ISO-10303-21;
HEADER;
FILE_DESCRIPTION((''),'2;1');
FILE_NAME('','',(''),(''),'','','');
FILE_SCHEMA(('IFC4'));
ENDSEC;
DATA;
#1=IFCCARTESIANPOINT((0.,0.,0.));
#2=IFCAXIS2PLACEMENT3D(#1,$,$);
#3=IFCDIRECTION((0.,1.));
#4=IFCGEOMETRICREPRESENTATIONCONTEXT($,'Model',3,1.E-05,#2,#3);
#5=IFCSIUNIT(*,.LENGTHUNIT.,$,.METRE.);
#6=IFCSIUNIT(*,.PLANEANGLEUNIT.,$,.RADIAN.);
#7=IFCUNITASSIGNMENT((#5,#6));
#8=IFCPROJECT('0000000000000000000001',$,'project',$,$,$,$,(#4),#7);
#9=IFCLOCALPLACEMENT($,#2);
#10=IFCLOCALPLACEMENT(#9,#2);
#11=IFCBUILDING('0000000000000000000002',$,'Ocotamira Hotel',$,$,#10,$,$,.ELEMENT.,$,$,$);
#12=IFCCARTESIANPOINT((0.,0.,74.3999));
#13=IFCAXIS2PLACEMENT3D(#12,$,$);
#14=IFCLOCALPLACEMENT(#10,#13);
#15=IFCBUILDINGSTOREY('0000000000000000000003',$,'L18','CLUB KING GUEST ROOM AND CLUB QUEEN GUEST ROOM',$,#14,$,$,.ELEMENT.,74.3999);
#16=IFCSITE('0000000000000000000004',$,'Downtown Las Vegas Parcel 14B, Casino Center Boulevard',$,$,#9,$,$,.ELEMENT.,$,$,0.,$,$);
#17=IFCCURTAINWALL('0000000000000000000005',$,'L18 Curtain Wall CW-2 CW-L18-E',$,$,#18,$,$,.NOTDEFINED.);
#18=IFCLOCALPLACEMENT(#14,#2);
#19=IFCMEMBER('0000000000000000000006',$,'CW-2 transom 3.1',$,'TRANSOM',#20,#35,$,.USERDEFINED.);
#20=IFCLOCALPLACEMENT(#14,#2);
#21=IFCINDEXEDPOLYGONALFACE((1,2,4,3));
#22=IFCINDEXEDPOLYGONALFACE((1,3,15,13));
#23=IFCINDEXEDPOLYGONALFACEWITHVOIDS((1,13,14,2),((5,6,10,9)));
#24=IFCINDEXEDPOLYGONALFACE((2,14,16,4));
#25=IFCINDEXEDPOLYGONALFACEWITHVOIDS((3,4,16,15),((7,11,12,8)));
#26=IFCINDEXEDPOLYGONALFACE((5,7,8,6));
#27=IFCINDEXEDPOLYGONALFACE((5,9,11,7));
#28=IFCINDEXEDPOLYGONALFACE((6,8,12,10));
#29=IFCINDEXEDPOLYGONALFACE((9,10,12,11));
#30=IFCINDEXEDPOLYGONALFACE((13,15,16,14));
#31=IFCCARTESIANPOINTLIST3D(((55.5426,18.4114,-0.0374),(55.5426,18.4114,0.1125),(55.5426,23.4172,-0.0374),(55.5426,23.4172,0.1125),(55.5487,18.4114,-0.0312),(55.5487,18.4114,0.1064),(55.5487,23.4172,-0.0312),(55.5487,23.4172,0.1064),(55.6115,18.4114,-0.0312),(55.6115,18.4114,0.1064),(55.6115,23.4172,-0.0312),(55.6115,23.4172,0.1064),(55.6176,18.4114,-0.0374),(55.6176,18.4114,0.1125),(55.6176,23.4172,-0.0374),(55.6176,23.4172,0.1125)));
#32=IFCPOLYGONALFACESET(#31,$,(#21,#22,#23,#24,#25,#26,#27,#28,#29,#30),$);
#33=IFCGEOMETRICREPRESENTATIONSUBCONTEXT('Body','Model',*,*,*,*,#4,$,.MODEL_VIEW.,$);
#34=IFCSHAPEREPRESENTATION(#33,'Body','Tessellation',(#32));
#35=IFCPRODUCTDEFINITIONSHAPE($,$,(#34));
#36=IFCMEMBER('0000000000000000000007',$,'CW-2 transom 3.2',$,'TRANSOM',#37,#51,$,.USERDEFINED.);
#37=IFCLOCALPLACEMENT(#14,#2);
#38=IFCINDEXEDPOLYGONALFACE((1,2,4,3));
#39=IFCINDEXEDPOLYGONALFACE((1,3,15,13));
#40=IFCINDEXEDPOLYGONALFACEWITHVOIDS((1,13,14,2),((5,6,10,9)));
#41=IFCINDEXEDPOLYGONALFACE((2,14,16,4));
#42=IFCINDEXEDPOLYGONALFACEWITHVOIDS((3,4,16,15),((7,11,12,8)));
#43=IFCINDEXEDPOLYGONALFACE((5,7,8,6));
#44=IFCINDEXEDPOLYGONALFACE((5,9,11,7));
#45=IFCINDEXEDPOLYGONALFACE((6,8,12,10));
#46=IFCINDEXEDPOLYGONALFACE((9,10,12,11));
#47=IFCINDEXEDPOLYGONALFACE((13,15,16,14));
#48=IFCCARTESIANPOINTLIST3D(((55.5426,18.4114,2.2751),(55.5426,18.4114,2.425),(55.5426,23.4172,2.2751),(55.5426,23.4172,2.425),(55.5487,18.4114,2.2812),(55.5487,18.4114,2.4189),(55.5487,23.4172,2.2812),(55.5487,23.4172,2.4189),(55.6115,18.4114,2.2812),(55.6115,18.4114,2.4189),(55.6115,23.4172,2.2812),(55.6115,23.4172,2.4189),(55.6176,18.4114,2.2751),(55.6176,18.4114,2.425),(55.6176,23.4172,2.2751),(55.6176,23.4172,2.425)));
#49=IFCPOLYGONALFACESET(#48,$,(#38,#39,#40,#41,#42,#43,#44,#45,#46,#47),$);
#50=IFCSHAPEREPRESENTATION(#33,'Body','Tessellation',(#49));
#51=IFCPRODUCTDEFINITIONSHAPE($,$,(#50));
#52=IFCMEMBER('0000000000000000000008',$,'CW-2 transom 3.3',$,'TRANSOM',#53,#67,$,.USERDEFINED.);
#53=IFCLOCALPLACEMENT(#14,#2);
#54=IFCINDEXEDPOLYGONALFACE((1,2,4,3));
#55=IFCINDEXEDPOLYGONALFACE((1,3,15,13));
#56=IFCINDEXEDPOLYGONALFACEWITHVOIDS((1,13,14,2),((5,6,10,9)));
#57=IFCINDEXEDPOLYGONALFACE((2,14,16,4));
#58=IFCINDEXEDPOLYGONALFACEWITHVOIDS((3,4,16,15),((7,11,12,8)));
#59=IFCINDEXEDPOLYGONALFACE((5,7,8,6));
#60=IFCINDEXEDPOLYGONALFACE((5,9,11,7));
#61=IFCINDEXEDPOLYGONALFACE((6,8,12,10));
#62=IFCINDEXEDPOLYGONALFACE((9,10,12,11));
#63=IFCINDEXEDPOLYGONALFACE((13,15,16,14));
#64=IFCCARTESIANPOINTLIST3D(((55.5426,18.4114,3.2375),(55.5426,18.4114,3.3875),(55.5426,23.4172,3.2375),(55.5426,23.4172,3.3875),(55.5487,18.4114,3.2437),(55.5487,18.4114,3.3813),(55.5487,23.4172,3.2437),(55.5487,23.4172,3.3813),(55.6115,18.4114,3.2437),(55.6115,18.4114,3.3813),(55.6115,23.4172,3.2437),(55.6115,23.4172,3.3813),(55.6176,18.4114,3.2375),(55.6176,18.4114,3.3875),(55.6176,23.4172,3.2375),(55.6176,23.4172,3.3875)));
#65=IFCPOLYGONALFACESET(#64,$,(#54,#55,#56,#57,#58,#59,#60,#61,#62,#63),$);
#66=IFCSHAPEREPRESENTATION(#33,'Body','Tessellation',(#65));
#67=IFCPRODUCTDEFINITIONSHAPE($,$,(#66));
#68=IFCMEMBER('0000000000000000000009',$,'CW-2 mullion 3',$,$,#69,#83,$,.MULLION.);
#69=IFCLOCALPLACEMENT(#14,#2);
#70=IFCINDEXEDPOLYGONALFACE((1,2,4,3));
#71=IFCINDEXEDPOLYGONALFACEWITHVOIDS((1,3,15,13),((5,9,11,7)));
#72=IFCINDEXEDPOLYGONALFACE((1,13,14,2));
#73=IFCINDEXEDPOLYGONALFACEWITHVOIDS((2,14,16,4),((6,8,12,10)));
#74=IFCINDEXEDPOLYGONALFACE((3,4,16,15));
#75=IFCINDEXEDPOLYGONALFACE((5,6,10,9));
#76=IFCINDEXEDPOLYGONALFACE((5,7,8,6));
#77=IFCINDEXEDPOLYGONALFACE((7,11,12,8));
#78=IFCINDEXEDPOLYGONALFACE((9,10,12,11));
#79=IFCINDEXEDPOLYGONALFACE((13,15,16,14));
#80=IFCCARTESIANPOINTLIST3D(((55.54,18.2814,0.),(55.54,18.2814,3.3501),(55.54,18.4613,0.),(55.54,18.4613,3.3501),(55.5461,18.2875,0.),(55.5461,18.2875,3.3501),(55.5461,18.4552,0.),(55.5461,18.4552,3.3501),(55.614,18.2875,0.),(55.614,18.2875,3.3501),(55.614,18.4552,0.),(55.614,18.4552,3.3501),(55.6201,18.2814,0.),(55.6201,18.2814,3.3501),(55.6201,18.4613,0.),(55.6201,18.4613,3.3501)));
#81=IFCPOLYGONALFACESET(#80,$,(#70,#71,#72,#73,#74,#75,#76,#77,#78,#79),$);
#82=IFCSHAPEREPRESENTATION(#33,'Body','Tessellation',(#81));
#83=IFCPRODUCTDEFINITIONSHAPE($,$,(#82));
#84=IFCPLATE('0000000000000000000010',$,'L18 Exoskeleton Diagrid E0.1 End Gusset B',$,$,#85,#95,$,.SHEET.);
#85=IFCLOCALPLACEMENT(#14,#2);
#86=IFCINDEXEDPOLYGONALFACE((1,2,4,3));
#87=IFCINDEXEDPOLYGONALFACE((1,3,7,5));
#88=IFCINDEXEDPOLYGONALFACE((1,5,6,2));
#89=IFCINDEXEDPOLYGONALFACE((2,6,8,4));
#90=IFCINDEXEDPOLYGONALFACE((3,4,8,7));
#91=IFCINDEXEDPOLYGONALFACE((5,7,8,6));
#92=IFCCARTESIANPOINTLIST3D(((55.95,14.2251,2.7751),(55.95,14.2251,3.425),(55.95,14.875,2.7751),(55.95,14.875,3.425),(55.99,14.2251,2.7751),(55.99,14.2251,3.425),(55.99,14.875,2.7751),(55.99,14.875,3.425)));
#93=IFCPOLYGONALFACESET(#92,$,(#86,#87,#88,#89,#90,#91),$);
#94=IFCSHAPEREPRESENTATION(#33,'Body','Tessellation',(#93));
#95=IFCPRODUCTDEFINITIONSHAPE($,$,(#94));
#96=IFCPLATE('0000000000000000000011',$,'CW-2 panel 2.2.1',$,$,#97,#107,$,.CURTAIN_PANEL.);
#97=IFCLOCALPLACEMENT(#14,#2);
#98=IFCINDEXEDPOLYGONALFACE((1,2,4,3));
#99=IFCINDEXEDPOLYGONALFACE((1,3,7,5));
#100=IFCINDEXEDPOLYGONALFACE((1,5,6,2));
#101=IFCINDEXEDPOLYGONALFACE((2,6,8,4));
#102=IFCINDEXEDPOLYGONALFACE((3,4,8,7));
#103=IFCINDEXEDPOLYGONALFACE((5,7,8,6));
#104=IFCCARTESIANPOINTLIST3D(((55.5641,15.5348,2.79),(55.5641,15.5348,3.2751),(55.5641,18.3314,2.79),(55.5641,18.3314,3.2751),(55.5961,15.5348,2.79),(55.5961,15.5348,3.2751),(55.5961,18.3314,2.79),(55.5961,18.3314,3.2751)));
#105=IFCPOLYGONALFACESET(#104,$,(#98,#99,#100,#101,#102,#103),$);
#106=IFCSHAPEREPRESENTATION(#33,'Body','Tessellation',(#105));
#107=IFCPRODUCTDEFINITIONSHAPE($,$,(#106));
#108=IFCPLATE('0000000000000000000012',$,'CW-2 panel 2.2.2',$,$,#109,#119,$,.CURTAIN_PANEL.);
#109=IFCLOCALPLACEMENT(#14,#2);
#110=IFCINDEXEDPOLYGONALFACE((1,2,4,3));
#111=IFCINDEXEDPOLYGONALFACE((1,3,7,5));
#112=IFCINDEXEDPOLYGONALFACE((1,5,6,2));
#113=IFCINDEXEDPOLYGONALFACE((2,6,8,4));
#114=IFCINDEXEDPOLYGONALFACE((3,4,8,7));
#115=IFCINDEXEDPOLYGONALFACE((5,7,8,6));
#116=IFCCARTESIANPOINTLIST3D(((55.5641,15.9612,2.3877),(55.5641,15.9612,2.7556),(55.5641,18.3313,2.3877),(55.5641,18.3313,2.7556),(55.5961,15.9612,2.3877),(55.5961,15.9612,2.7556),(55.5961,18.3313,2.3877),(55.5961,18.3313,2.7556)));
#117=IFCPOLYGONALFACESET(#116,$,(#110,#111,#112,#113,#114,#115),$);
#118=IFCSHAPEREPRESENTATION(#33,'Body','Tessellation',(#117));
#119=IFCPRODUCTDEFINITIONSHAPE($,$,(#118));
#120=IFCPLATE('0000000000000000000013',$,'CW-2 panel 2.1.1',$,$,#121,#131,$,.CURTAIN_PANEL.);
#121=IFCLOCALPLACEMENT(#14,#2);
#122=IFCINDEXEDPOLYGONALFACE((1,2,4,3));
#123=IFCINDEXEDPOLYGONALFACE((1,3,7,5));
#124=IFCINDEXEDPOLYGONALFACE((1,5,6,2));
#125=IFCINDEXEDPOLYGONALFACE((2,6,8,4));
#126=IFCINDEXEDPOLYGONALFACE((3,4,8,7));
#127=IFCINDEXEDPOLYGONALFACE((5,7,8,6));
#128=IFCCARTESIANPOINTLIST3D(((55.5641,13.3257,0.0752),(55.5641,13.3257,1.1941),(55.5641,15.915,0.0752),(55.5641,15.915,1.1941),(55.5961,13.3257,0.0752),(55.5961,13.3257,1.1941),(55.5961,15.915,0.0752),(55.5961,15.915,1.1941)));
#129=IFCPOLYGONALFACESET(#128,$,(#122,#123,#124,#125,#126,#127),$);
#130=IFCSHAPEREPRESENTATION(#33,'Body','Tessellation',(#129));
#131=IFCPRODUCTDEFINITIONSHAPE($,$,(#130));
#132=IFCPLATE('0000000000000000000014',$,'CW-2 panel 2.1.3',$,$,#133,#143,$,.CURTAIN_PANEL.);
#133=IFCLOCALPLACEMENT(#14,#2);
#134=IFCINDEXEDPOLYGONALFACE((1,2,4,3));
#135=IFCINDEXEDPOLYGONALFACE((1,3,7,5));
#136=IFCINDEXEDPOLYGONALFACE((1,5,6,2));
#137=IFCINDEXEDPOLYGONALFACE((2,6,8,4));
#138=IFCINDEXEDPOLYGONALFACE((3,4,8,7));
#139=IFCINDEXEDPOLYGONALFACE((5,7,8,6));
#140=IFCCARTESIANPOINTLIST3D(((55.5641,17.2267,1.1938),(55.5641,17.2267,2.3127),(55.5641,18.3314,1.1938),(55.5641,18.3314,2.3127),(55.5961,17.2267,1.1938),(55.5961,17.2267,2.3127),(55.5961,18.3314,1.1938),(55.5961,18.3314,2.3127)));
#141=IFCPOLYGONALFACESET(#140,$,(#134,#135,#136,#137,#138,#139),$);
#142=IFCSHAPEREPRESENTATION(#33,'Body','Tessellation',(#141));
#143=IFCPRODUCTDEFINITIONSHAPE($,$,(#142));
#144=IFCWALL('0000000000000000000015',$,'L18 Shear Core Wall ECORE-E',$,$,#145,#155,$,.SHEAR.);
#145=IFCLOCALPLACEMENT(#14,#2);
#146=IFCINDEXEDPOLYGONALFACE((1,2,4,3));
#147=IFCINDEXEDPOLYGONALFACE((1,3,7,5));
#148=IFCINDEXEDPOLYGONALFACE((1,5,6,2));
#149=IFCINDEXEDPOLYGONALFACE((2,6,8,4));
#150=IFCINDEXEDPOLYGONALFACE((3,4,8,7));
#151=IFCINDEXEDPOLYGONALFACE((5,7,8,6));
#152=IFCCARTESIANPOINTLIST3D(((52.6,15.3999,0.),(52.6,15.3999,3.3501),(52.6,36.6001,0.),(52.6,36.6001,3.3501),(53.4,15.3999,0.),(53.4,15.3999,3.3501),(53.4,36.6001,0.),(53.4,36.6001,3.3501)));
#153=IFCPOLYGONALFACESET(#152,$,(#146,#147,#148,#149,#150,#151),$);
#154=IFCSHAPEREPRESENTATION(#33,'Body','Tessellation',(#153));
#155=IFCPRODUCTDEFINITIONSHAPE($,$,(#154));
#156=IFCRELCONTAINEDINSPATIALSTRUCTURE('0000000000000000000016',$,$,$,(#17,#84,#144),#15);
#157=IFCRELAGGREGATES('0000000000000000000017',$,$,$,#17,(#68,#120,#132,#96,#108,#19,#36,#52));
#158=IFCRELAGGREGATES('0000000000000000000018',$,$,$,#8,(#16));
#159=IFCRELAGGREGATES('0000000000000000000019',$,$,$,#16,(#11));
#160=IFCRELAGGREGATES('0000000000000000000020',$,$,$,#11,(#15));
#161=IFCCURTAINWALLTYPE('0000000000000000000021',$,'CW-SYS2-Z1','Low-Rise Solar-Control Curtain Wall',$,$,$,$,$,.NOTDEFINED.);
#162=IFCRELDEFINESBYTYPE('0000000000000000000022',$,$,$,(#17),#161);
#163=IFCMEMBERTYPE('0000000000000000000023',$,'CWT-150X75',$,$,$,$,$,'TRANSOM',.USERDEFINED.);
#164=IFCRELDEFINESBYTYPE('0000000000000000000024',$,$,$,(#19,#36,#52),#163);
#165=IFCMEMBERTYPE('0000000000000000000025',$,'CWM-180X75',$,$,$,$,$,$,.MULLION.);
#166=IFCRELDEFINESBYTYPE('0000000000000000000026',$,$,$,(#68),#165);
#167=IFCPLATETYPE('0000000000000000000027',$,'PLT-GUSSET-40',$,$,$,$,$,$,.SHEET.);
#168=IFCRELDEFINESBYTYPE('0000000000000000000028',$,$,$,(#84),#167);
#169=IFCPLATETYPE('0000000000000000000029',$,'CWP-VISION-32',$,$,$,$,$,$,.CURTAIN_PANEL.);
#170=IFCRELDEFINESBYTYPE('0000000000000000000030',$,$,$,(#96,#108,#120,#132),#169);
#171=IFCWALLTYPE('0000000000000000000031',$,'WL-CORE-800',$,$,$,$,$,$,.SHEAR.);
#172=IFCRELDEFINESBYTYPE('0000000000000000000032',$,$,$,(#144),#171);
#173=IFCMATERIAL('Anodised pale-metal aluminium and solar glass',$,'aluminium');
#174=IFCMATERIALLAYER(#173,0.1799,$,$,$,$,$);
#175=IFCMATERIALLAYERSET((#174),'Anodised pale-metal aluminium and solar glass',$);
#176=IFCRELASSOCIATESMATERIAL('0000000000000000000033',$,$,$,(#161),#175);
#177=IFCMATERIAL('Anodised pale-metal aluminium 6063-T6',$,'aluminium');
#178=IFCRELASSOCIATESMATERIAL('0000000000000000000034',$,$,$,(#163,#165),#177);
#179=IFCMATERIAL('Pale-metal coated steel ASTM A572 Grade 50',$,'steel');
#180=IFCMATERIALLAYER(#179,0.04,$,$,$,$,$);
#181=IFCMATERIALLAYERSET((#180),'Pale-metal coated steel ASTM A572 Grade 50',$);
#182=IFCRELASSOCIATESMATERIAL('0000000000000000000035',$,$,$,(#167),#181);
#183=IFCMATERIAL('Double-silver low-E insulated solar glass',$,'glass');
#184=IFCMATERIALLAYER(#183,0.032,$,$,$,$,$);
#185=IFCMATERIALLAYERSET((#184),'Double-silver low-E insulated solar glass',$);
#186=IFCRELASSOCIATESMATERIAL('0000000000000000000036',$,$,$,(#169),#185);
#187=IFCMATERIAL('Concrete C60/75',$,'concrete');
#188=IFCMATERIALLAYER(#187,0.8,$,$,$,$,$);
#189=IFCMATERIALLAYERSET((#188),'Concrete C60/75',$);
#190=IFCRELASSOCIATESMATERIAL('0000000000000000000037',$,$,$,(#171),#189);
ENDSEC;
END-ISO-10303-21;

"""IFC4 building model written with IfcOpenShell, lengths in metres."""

from ifc_helpers import new_model, si_unit, direction, frame, frame_2d, origin, origin_2d, place, context, subcontext, project, spatial, rectangle, hollow_rectangle, extrude, source, transform, mapped, material, layer, layer_set, material_profile, profile_set, type_object, element, aggregate, save


model = new_model("IFC4")

# Units and contexts
model_context = context("Model", 3, precision=1e-05, world=origin(), true_north=direction((0.0, 1.0)))
body_context = subcontext(model_context, "Body", "Model", "MODEL_VIEW")
ifc_project = project(units=[si_unit("LENGTHUNIT", "METRE"), si_unit("PLANEANGLEUNIT", "RADIAN")], contexts=[model_context])

# Site, building, storey
site_placement = place(None, origin())
site = spatial("IfcSite", under=ifc_project, at=site_placement, Name="Downtown Las Vegas Parcel 14B, Casino Center Boulevard", CompositionType="ELEMENT", RefElevation=0.0)
building_placement = place(site_placement, origin())
building = spatial("IfcBuilding", under=site, at=building_placement, Name="Ocotamira Hotel", CompositionType="ELEMENT")
storey_placement = place(building_placement, frame((0.0, 0.0, 74.3999)))
storey = spatial("IfcBuildingStorey", under=building, at=storey_placement, Name="L18", Description="CLUB KING GUEST ROOM AND CLUB QUEEN GUEST ROOM", CompositionType="ELEMENT", Elevation=74.3999)

# Curtain wall, members
ifc_material_1 = material(Name="Anodised pale-metal aluminium and solar glass", Category="aluminium")
ifc_layer_1 = layer(ifc_material_1, 0.1799)
ifc_layer_set_1 = layer_set([ifc_layer_1], Name="Anodised pale-metal aluminium and solar glass")
curtain_wall_type = type_object("IfcCurtainWallType", Name="CW-SYS2-Z1", Description="Low-Rise Solar-Control Curtain Wall", PredefinedType="NOTDEFINED", material=ifc_layer_set_1)
curtain_wall_placement = place(storey_placement, origin())
curtain_wall = element("IfcCurtainWall", 1, at=curtain_wall_placement, inside=storey, type_object=curtain_wall_type, Name="L18 Curtain Wall CW-2 CW-L18-E", PredefinedType="NOTDEFINED")
ifc_material_2 = material(Name="Anodised pale-metal aluminium 6063-T6", Category="aluminium")
ifc_material_profile_1 = material_profile(ifc_material_2, hollow_rectangle(XDim=0.075, YDim=0.1499, WallThickness=0.0061, at=origin_2d()), Name="HSS150X75X6")
ifc_profile_set_1 = profile_set([ifc_material_profile_1], Name="Anodised pale-metal aluminium 6063-T6")
member_type_1 = type_object("IfcMemberType", Name="CWT-150X75", ElementType="TRANSOM", PredefinedType="USERDEFINED", material=ifc_profile_set_1)
shared_shape_1 = source(origin(), body_context, "Body", "SweptSolid", [
    extrude(hollow_rectangle(XDim=0.075, YDim=0.1499, WallThickness=0.0061, at=origin_2d()), origin(), (0.0, 0.0, 1.0), 5.0059),
])
member_1_placement = place(storey_placement, frame((55.5801, 18.4114, 0.0376), z_axis=(0.0, 1.0, 0.0), x_axis=(-1.0, 0.0, 0.0)))
member_1 = element("IfcMember", 2, at=member_1_placement, type_object=member_type_1, Name="CW-2 transom 3.1", ObjectType="TRANSOM", PredefinedType="USERDEFINED", context=body_context, shape_type="MappedRepresentation", body=[
    mapped(shared_shape_1, transform((0.0, 0.0, 0.0), scale=1.0)),
])
member_2_placement = place(storey_placement, frame((55.5801, 18.4114, 2.3501), z_axis=(0.0, 1.0, 0.0), x_axis=(-1.0, 0.0, 0.0)))
member_2 = element("IfcMember", 3, at=member_2_placement, type_object=member_type_1, Name="CW-2 transom 3.2", ObjectType="TRANSOM", PredefinedType="USERDEFINED", context=body_context, shape_type="MappedRepresentation", body=[
    mapped(shared_shape_1, transform((0.0, 0.0, 0.0), scale=1.0)),
])
member_3_placement = place(storey_placement, frame((55.5801, 18.4114, 3.3125), z_axis=(0.0, 1.0, 0.0), x_axis=(-1.0, 0.0, 0.0)))
member_3 = element("IfcMember", 4, at=member_3_placement, type_object=member_type_1, Name="CW-2 transom 3.3", ObjectType="TRANSOM", PredefinedType="USERDEFINED", context=body_context, shape_type="MappedRepresentation", body=[
    mapped(shared_shape_1, transform((0.0, 0.0, 0.0), scale=1.0)),
])
ifc_material_profile_2 = material_profile(ifc_material_2, hollow_rectangle(XDim=0.0801, YDim=0.1799, WallThickness=0.0061, at=origin_2d()), Name="HSS180X80X6")
ifc_profile_set_2 = profile_set([ifc_material_profile_2], Name="Anodised pale-metal aluminium 6063-T6")
member_type_2 = type_object("IfcMemberType", Name="CWM-180X75", PredefinedType="MULLION", material=ifc_profile_set_2)
shared_shape_2 = source(origin(), body_context, "Body", "SweptSolid", [
    extrude(hollow_rectangle(XDim=0.0801, YDim=0.1799, WallThickness=0.0061, at=origin_2d()), origin(), (0.0, 0.0, 1.0), 3.3501),
])
member_4_placement = place(storey_placement, frame((55.5801, 18.3713, 0.0), z_axis=(0.0, 0.0, 1.0), x_axis=(-1.0, 0.0, 0.0)))
member_4 = element("IfcMember", 5, at=member_4_placement, type_object=member_type_2, Name="CW-2 mullion 3", PredefinedType="MULLION", context=body_context, shape_type="MappedRepresentation", body=[
    mapped(shared_shape_2, transform((0.0, 0.0, 0.0), scale=1.0)),
])

# Plates
ifc_material_3 = material(Name="Pale-metal coated steel ASTM A572 Grade 50", Category="steel")
ifc_layer_2 = layer(ifc_material_3, 0.04)
ifc_layer_set_2 = layer_set([ifc_layer_2], Name="Pale-metal coated steel ASTM A572 Grade 50")
plate_type_1 = type_object("IfcPlateType", Name="PLT-GUSSET-40", PredefinedType="SHEET", material=ifc_layer_set_2)
shared_shape_3 = source(origin(), body_context, "Body", "SweptSolid", [
    extrude(rectangle(XDim=0.04, YDim=0.6499, at=origin_2d()), origin(), (0.0, 0.0, 1.0), 0.6499),
])
plate_1_placement = place(storey_placement, frame((55.97, 14.55, 2.7751), z_axis=(0.0, 0.0, 1.0), x_axis=(1.0, 0.0, 0.0)))
element("IfcPlate", 6, at=plate_1_placement, inside=storey, type_object=plate_type_1, Name="L18 Exoskeleton Diagrid E0.1 End Gusset B", PredefinedType="SHEET", context=body_context, shape_type="MappedRepresentation", body=[
    mapped(shared_shape_3, transform((0.0, 0.0, 0.0), scale=1.0)),
])
ifc_material_4 = material(Name="Double-silver low-E insulated solar glass", Category="glass")
ifc_layer_3 = layer(ifc_material_4, 0.032)
ifc_layer_set_3 = layer_set([ifc_layer_3], Name="Double-silver low-E insulated solar glass")
plate_type_2 = type_object("IfcPlateType", Name="CWP-VISION-32", PredefinedType="CURTAIN_PANEL", material=ifc_layer_set_3)
shared_shape_4 = source(origin(), body_context, "Body", "SweptSolid", [
    extrude(rectangle(XDim=2.7966, YDim=0.032, at=origin_2d()), origin(), (0.0, 0.0, 1.0), 0.4851),
])
plate_2_placement = place(storey_placement, frame((55.5801, 16.9331, 2.79), z_axis=(0.0, 0.0, 1.0), x_axis=(0.0, 1.0, 0.0)))
plate_2 = element("IfcPlate", 7, at=plate_2_placement, type_object=plate_type_2, Name="CW-2 panel 2.2.1", PredefinedType="CURTAIN_PANEL", context=body_context, shape_type="MappedRepresentation", body=[
    mapped(shared_shape_4, transform((0.0, 0.0, 0.0), scale=1.0)),
])
shared_shape_5 = source(origin(), body_context, "Body", "SweptSolid", [
    extrude(rectangle(XDim=2.3701, YDim=0.032, at=origin_2d()), origin(), (0.0, 0.0, 1.0), 0.3679),
])
plate_3_placement = place(storey_placement, frame((55.5801, 17.1462, 2.3877), z_axis=(0.0, 0.0, 1.0), x_axis=(0.0, 1.0, 0.0)))
plate_3 = element("IfcPlate", 8, at=plate_3_placement, type_object=plate_type_2, Name="CW-2 panel 2.2.2", PredefinedType="CURTAIN_PANEL", context=body_context, shape_type="MappedRepresentation", body=[
    mapped(shared_shape_5, transform((0.0, 0.0, 0.0), scale=1.0)),
])
shared_shape_6 = source(origin(), body_context, "Body", "SweptSolid", [
    extrude(rectangle(XDim=2.5894, YDim=0.032, at=origin_2d()), origin(), (0.0, 0.0, 1.0), 1.1189),
])
plate_4_placement = place(storey_placement, frame((55.5801, 14.6204, 0.0752), z_axis=(0.0, 0.0, 1.0), x_axis=(0.0, 1.0, 0.0)))
plate_4 = element("IfcPlate", 9, at=plate_4_placement, type_object=plate_type_2, Name="CW-2 panel 2.1.1", PredefinedType="CURTAIN_PANEL", context=body_context, shape_type="MappedRepresentation", body=[
    mapped(shared_shape_6, transform((0.0, 0.0, 0.0), scale=1.0)),
])
shared_shape_7 = source(origin(), body_context, "Body", "SweptSolid", [
    extrude(rectangle(XDim=1.1047, YDim=0.032, at=origin_2d()), origin(), (0.0, 0.0, 1.0), 1.1189),
])
plate_5_placement = place(storey_placement, frame((55.5801, 17.7791, 1.1938), z_axis=(0.0, 0.0, 1.0), x_axis=(0.0, 1.0, 0.0)))
plate_5 = element("IfcPlate", 10, at=plate_5_placement, type_object=plate_type_2, Name="CW-2 panel 2.1.3", PredefinedType="CURTAIN_PANEL", context=body_context, shape_type="MappedRepresentation", body=[
    mapped(shared_shape_7, transform((0.0, 0.0, 0.0), scale=1.0)),
])
aggregate(curtain_wall, [member_4, plate_4, plate_5, plate_2, plate_3, member_1, member_2, member_3])

# Wall
ifc_material_5 = material(Name="Concrete C60/75", Category="concrete")
ifc_layer_4 = layer(ifc_material_5, 0.8)
ifc_layer_set_4 = layer_set([ifc_layer_4], Name="Concrete C60/75")
wall_type_1 = type_object("IfcWallType", Name="WL-CORE-800", PredefinedType="SHEAR", material=ifc_layer_set_4)
wall_1_placement = place(storey_placement, frame((53.0, 15.3999, 0.0), z_axis=(0.0, 0.0, 1.0), x_axis=(0.0, 1.0, 0.0)))
element("IfcWall", 11, at=wall_1_placement, inside=storey, type_object=wall_type_1, Name="L18 Shear Core Wall ECORE-E", PredefinedType="SHEAR", context=body_context, shape_type="SweptSolid", body=[
    extrude(rectangle(XDim=21.2002, YDim=0.8, at=frame_2d((10.6001, 0.0))), origin(), (0.0, 0.0, 1.0), 3.3501),
])

save(model, "model.ifc")
